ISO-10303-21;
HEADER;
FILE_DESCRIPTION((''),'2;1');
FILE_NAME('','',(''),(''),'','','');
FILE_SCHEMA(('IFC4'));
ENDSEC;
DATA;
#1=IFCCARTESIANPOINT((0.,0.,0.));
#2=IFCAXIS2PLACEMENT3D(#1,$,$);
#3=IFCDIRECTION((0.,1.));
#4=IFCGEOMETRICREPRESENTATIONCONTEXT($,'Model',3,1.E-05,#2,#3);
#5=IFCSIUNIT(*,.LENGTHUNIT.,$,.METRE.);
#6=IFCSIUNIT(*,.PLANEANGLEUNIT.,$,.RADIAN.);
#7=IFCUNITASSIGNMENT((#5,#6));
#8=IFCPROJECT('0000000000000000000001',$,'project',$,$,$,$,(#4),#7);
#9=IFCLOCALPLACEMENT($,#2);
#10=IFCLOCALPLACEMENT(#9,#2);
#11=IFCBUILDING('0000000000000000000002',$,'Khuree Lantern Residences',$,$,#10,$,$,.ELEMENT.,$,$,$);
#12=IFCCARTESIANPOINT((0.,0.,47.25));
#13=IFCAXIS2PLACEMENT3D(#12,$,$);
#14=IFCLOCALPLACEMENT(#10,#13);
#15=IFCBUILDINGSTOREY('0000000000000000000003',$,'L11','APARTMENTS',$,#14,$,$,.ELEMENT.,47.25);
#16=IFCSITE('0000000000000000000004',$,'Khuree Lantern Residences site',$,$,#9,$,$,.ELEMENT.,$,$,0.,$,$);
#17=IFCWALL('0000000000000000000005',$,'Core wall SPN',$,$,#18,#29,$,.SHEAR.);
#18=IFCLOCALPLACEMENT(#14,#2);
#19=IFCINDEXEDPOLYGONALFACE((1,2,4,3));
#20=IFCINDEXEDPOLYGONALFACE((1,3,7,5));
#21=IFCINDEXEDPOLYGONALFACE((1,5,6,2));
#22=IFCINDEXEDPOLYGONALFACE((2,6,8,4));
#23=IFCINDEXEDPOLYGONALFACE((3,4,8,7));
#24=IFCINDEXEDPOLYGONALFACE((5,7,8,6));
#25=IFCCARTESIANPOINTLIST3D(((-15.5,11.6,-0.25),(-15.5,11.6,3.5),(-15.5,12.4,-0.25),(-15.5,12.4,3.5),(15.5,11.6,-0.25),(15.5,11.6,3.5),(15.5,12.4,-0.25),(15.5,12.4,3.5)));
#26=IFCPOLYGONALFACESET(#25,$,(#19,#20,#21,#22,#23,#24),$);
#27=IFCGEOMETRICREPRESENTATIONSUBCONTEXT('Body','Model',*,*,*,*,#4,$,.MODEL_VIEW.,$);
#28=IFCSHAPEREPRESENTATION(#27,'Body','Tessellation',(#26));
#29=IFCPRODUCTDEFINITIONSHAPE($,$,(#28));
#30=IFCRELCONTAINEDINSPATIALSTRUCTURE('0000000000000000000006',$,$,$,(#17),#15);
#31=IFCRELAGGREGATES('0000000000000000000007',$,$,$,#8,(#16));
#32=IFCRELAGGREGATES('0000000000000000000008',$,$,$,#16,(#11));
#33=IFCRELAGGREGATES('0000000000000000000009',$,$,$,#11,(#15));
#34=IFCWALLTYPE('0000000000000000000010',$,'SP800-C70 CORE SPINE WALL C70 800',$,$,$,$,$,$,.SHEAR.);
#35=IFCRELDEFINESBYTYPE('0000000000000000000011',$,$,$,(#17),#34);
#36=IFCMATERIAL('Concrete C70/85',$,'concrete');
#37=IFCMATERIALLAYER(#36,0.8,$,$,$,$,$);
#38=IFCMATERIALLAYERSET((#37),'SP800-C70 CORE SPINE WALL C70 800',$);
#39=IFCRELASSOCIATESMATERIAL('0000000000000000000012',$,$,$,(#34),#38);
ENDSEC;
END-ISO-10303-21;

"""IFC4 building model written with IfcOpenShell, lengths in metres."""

from ifc_helpers import new_model, si_unit, direction, frame, frame_2d, origin, place, context, subcontext, project, spatial, rectangle, extrude, material, layer, layer_set, type_object, element, save


model = new_model("IFC4")

# Units and contexts
model_context = context("Model", 3, precision=1e-05, world=origin(), true_north=direction((0.0, 1.0)))
body_context = subcontext(model_context, "Body", "Model", "MODEL_VIEW")
ifc_project = project(units=[si_unit("LENGTHUNIT", "METRE"), si_unit("PLANEANGLEUNIT", "RADIAN")], contexts=[model_context])

# Site, building, storey
site_placement = place(None, origin())
site = spatial("IfcSite", under=ifc_project, at=site_placement, Name="Khuree Lantern Residences site", CompositionType="ELEMENT", RefElevation=0.0)
building_placement = place(site_placement, origin())
building = spatial("IfcBuilding", under=site, at=building_placement, Name="Khuree Lantern Residences", CompositionType="ELEMENT")
storey_placement = place(building_placement, frame((0.0, 0.0, 47.25)))
storey = spatial("IfcBuildingStorey", under=building, at=storey_placement, Name="L11", Description="APARTMENTS", CompositionType="ELEMENT", Elevation=47.25)

# Shared definitions
ifc_material_1 = material(Name="Concrete C70/85", Category="concrete")

# Wall
ifc_layer_1 = layer(ifc_material_1, 0.8)
ifc_layer_set_1 = layer_set([ifc_layer_1], Name="SP800-C70 CORE SPINE WALL C70 800")
wall_type_1 = type_object("IfcWallType", Name="SP800-C70 CORE SPINE WALL C70 800", PredefinedType="SHEAR", material=ifc_layer_set_1)
wall_1_placement = place(storey_placement, frame((-15.5, 12.0, -0.25), z_axis=(0.0, 0.0, 1.0), x_axis=(1.0, 0.0, 0.0)))
element("IfcWall", 1, at=wall_1_placement, inside=storey, type_object=wall_type_1, Name="Core wall SPN", PredefinedType="SHEAR", context=body_context, shape_type="SweptSolid", body=[
    extrude(rectangle(XDim=31.0, YDim=0.8, at=frame_2d((15.5, 0.0))), origin(), (0.0, 0.0, 1.0), 3.75),
])

save(model, "model.ifc")
